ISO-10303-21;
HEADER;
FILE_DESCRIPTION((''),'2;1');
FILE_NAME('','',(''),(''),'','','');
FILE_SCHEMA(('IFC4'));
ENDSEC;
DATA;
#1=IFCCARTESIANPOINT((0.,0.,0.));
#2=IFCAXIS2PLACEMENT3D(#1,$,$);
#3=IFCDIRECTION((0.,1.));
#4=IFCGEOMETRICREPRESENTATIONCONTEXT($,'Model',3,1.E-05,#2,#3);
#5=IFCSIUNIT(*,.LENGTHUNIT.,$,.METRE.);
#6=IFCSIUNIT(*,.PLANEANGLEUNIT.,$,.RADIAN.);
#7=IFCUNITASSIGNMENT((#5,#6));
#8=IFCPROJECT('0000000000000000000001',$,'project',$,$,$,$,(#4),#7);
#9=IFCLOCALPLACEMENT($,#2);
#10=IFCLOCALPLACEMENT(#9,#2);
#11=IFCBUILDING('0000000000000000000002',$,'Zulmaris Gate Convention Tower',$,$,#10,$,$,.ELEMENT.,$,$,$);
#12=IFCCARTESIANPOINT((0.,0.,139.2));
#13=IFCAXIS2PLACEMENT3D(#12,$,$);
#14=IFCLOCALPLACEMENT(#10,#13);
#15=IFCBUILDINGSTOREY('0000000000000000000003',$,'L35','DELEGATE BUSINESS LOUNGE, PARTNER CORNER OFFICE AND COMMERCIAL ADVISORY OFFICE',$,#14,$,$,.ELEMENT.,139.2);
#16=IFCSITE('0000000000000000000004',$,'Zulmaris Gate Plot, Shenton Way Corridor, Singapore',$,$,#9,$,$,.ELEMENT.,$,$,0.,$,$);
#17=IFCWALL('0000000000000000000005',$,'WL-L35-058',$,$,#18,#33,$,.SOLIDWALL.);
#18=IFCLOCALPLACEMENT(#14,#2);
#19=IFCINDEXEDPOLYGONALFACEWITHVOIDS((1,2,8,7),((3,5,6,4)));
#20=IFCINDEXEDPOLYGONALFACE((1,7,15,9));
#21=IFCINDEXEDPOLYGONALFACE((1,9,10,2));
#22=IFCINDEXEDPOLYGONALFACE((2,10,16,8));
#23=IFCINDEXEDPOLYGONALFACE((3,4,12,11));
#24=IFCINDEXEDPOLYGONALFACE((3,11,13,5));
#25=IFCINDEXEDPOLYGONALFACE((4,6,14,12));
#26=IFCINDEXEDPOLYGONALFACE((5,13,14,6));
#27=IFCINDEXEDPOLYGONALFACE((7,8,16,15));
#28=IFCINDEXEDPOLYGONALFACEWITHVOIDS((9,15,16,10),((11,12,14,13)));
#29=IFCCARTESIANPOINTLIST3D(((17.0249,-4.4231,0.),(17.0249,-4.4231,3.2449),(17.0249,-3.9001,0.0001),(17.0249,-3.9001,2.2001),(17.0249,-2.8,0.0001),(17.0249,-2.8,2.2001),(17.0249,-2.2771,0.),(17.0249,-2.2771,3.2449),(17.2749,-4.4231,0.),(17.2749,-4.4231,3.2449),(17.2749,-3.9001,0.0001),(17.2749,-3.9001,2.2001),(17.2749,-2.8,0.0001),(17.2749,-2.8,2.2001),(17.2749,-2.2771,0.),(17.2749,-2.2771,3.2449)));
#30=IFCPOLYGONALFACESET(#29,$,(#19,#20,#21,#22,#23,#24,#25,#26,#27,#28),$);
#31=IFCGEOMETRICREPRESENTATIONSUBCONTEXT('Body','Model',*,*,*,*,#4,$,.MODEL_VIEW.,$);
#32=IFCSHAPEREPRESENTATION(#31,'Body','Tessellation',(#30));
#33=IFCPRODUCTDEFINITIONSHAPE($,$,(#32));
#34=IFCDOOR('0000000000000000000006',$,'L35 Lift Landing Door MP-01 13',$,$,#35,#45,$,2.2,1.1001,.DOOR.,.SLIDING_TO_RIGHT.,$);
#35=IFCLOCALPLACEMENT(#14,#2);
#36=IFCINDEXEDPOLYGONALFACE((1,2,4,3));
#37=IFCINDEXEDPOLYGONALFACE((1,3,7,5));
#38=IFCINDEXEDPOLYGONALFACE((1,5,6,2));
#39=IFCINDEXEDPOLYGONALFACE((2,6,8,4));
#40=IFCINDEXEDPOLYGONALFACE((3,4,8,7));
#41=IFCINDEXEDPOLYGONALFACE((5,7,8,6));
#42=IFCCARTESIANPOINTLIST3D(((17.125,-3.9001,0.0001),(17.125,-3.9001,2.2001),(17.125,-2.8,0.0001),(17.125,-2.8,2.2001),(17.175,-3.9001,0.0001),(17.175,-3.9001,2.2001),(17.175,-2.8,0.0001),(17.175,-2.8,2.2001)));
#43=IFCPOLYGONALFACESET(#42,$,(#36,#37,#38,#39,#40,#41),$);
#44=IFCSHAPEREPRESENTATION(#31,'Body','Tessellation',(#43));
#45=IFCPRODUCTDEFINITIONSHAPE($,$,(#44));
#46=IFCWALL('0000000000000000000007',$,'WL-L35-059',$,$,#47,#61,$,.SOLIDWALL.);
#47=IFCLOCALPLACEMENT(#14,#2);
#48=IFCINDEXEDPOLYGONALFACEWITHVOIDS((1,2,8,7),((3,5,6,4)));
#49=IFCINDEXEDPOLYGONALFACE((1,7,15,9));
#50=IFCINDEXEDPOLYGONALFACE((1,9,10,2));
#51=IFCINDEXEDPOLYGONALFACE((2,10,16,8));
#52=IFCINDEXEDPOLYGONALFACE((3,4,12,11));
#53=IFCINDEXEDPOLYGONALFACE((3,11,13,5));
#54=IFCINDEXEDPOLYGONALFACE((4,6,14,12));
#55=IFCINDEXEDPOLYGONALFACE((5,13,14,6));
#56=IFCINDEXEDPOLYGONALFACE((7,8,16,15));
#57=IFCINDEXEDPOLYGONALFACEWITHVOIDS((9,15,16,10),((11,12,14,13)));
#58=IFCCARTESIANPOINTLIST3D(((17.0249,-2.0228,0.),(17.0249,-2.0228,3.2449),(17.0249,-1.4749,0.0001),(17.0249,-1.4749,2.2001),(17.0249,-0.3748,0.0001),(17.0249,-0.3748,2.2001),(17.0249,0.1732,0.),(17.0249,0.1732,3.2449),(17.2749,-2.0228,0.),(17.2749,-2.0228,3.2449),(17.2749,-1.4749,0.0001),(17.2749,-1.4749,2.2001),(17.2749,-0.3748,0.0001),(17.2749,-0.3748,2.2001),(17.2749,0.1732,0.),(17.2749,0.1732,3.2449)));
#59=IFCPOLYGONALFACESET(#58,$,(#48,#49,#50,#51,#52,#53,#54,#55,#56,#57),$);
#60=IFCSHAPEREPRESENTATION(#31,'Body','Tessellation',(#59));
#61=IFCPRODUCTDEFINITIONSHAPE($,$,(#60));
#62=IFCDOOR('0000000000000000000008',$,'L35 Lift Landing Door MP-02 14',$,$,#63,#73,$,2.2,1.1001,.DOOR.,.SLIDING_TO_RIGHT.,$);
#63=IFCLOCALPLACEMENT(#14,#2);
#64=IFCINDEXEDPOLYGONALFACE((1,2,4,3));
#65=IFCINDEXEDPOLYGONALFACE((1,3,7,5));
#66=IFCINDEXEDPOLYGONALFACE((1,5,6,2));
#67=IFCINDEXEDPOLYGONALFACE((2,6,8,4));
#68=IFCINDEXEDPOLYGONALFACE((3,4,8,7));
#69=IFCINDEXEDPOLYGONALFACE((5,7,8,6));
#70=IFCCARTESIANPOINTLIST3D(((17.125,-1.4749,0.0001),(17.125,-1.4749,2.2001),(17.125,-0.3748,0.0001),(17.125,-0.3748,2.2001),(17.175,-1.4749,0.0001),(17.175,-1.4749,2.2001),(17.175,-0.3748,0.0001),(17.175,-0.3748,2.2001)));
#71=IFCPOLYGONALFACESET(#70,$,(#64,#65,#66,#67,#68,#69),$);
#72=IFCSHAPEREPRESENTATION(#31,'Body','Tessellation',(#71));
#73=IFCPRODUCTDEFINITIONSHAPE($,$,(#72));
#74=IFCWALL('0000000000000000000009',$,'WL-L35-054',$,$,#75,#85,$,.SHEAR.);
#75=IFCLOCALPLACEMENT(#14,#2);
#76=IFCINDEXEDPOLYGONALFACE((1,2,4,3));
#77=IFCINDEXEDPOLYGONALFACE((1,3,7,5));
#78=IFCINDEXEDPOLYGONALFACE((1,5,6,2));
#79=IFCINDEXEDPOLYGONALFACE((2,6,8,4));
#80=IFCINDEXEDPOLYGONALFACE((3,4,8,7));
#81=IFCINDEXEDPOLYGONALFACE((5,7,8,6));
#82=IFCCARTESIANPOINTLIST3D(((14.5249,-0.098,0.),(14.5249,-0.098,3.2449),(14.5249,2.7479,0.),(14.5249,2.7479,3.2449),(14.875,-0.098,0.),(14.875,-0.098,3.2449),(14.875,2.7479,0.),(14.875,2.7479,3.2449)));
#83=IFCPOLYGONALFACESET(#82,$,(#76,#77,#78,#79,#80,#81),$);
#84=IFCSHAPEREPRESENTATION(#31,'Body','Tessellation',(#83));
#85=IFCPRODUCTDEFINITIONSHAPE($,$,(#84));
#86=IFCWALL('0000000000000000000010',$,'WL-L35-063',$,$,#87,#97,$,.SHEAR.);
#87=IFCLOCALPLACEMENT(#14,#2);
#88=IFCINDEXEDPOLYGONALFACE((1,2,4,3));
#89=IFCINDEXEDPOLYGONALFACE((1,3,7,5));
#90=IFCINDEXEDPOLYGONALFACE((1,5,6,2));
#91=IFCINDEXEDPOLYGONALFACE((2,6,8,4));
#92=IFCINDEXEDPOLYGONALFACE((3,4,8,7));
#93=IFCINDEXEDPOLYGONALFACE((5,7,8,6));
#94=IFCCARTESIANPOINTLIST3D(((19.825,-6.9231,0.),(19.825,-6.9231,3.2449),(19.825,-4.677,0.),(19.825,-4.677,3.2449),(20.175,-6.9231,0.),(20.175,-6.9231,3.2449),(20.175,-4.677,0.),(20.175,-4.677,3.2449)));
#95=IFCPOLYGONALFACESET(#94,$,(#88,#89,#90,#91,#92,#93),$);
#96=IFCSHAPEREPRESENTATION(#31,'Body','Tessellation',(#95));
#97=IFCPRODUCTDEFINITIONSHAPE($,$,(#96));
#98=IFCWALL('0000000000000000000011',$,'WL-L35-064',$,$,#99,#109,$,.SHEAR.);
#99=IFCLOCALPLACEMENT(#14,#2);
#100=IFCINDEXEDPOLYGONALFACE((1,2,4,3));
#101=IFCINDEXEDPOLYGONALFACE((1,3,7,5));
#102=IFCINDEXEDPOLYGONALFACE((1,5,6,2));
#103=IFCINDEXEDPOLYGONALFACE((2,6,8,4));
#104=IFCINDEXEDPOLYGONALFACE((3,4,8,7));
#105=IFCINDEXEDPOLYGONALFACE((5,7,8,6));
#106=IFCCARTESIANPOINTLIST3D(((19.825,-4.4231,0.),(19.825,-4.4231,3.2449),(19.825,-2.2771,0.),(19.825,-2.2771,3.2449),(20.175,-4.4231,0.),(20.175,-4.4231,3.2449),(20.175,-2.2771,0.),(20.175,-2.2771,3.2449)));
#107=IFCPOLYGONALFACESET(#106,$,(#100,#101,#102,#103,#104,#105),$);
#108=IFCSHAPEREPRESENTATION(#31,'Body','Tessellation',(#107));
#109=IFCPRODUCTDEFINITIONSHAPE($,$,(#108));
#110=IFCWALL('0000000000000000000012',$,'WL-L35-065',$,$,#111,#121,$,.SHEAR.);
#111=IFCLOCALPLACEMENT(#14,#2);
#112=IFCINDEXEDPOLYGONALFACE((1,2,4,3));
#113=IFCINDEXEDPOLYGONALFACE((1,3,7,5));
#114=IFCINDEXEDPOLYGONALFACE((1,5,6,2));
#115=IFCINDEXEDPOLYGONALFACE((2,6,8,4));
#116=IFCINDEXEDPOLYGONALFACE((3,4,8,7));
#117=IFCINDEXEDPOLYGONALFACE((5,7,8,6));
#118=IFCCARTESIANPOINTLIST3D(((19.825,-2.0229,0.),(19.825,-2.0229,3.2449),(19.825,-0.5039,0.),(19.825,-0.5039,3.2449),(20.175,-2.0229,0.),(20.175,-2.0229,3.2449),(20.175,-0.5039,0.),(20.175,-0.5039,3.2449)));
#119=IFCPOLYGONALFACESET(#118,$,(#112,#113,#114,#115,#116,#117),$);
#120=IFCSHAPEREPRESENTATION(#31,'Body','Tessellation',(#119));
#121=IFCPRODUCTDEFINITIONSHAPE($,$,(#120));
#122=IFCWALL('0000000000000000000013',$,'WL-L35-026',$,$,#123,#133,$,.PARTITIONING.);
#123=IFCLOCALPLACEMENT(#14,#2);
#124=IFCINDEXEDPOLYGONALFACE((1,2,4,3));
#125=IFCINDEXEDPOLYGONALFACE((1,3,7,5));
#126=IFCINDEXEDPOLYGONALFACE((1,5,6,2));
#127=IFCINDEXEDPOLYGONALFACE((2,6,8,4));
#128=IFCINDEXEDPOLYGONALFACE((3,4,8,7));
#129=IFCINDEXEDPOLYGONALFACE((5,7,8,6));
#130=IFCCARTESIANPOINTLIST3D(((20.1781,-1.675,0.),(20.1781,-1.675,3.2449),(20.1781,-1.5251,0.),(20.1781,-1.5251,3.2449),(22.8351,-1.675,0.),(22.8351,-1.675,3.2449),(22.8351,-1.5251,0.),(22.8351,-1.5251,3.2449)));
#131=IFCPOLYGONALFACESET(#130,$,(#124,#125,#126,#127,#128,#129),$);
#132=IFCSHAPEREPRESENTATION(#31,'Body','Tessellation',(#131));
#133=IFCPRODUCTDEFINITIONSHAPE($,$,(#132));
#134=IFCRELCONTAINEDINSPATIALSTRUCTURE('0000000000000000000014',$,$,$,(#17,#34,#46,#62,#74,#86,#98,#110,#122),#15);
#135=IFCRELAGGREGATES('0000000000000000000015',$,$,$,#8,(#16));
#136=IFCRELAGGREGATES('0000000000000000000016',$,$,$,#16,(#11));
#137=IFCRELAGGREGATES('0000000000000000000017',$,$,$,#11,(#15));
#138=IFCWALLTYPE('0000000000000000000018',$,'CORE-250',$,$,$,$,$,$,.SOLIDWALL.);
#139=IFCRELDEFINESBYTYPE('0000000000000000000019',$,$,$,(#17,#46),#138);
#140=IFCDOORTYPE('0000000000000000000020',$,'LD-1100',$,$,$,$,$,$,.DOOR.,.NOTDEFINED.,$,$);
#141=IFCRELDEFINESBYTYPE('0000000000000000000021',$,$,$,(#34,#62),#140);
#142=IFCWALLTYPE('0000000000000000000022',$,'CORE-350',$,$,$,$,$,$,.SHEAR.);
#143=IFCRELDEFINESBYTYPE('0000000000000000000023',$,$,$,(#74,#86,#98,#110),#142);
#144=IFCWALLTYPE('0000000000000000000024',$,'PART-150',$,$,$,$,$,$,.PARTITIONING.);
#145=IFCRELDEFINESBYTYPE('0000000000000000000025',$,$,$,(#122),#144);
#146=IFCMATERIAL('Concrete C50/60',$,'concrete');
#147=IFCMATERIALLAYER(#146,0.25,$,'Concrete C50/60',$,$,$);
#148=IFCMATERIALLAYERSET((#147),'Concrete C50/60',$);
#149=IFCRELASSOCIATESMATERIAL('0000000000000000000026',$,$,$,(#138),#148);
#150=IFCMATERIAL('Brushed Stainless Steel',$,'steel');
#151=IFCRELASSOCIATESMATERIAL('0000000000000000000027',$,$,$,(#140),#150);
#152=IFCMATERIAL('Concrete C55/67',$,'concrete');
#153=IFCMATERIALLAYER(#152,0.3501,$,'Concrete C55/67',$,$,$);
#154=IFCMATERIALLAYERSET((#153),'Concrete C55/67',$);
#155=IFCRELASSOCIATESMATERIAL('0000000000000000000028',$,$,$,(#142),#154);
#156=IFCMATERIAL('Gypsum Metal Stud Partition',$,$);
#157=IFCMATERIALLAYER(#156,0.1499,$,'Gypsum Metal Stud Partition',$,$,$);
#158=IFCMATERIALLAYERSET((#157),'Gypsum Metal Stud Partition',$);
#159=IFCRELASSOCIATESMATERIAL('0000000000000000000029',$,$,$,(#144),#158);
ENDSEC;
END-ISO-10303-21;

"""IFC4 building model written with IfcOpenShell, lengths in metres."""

from ifc_helpers import new_model, si_unit, direction, frame, frame_2d, origin, place, context, subcontext, project, spatial, rectangle, extrude, material, layer, layer_set, type_object, element, fill, save


model = new_model("IFC4")

# Units and contexts
model_context = context("Model", 3, precision=1e-05, world=origin(), true_north=direction((0.0, 1.0)))
body_context = subcontext(model_context, "Body", "Model", "MODEL_VIEW")
ifc_project = project(units=[si_unit("LENGTHUNIT", "METRE"), si_unit("PLANEANGLEUNIT", "RADIAN")], contexts=[model_context])

# Site, building, storey
site_placement = place(None, origin())
site = spatial("IfcSite", under=ifc_project, at=site_placement, Name="Zulmaris Gate Plot, Shenton Way Corridor, Singapore", CompositionType="ELEMENT", RefElevation=0.0)
building_placement = place(site_placement, origin())
building = spatial("IfcBuilding", under=site, at=building_placement, Name="Zulmaris Gate Convention Tower", CompositionType="ELEMENT")
storey_placement = place(building_placement, frame((0.0, 0.0, 139.2)))
storey = spatial("IfcBuildingStorey", under=building, at=storey_placement, Name="L35", Description="DELEGATE BUSINESS LOUNGE, PARTNER CORNER OFFICE AND COMMERCIAL ADVISORY OFFICE", CompositionType="ELEMENT", Elevation=139.2)

# Shared definitions
ifc_material_1 = material(Name="Concrete C50/60", Category="concrete")
ifc_layer_1 = layer(ifc_material_1, 0.25, Name="Concrete C50/60")
ifc_layer_set_1 = layer_set([ifc_layer_1], Name="Concrete C50/60")
wall_type_1 = type_object("IfcWallType", Name="CORE-250", PredefinedType="SOLIDWALL", material=ifc_layer_set_1)

# Walls, openings, doors
wall_1_placement = place(storey_placement, frame((17.1499, -4.4231, 0.0), z_axis=(0.0, 0.0, 1.0), x_axis=(0.0, 1.0, 0.0)))
wall_1 = element("IfcWall", 1, at=wall_1_placement, inside=storey, type_object=wall_type_1, Name="WL-L35-058", PredefinedType="SOLIDWALL", context=body_context, shape_type="SweptSolid", body=[
    extrude(rectangle(XDim=2.146, YDim=0.25, at=frame_2d((1.073, 0.0))), origin(), (0.0, 0.0, 1.0), 3.2449),
])
opening_1_placement = place(wall_1_placement, frame((0.5229, 0.0, 0.0)))
opening_1 = element("IfcOpeningElement", 2, at=opening_1_placement, cuts=wall_1, PredefinedType="OPENING", context=body_context, shape_type="SweptSolid", body=[
    extrude(rectangle(XDim=1.1001, YDim=2.2, at=frame_2d((0.55, 1.1001))), frame((0.0, 0.135, 0.0), z_axis=(0.0, -1.0, 0.0), x_axis=(1.0, 0.0, 0.0)), (0.0, 0.0, 1.0), 0.27),
])
ifc_material_2 = material(Name="Brushed Stainless Steel", Category="steel")
door_type = type_object("IfcDoorType", Name="LD-1100", OperationType="NOTDEFINED", PredefinedType="DOOR", material=ifc_material_2)
door_1_placement = place(opening_1_placement, origin())
door_1 = element("IfcDoor", 3, at=door_1_placement, inside=storey, type_object=door_type, Name="L35 Lift Landing Door MP-01 13", OperationType="SLIDING_TO_RIGHT", OverallHeight=2.2, OverallWidth=1.1001, PredefinedType="DOOR", context=body_context, shape_type="SweptSolid", body=[
    extrude(rectangle(XDim=1.1001, YDim=2.2, at=frame_2d((0.55, 1.1001))), frame((0.0, 0.0249, 0.0), z_axis=(0.0, -1.0, 0.0), x_axis=(1.0, 0.0, 0.0)), (0.0, 0.0, 1.0), 0.05),
])
fill(opening_1, door_1)
wall_2_placement = place(storey_placement, frame((17.1499, -2.0229, 0.0), z_axis=(0.0, 0.0, 1.0), x_axis=(0.0, 1.0, 0.0)))
wall_2 = element("IfcWall", 4, at=wall_2_placement, inside=storey, type_object=wall_type_1, Name="WL-L35-059", PredefinedType="SOLIDWALL", context=body_context, shape_type="SweptSolid", body=[
    extrude(rectangle(XDim=2.196, YDim=0.25, at=frame_2d((1.0981, 0.0))), origin(), (0.0, 0.0, 1.0), 3.2449),
])
opening_2_placement = place(wall_2_placement, frame((0.5481, 0.0, 0.0)))
opening_2 = element("IfcOpeningElement", 5, at=opening_2_placement, cuts=wall_2, PredefinedType="OPENING", context=body_context, shape_type="SweptSolid", body=[
    extrude(rectangle(XDim=1.1001, YDim=2.2, at=frame_2d((0.55, 1.1001))), frame((0.0, 0.135, 0.0), z_axis=(0.0, -1.0, 0.0), x_axis=(1.0, 0.0, 0.0)), (0.0, 0.0, 1.0), 0.27),
])
door_2_placement = place(opening_2_placement, origin())
door_2 = element("IfcDoor", 6, at=door_2_placement, inside=storey, type_object=door_type, Name="L35 Lift Landing Door MP-02 14", OperationType="SLIDING_TO_RIGHT", OverallHeight=2.2, OverallWidth=1.1001, PredefinedType="DOOR", context=body_context, shape_type="SweptSolid", body=[
    extrude(rectangle(XDim=1.1001, YDim=2.2, at=frame_2d((0.55, 1.1001))), frame((0.0, 0.0249, 0.0), z_axis=(0.0, -1.0, 0.0), x_axis=(1.0, 0.0, 0.0)), (0.0, 0.0, 1.0), 0.05),
])
fill(opening_2, door_2)

# Walls
ifc_material_3 = material(Name="Concrete C55/67", Category="concrete")
ifc_layer_2 = layer(ifc_material_3, 0.3501, Name="Concrete C55/67")
ifc_layer_set_2 = layer_set([ifc_layer_2], Name="Concrete C55/67")
wall_type_2 = type_object("IfcWallType", Name="CORE-350", PredefinedType="SHEAR", material=ifc_layer_set_2)
wall_3_placement = place(storey_placement, frame((14.7, -0.0979, 0.0), z_axis=(0.0, 0.0, 1.0), x_axis=(0.0, 1.0, 0.0)))
element("IfcWall", 7, at=wall_3_placement, inside=storey, type_object=wall_type_2, Name="WL-L35-054", PredefinedType="SHEAR", context=body_context, shape_type="SweptSolid", body=[
    extrude(rectangle(XDim=2.8459, YDim=0.3501, at=frame_2d((1.4229, 0.0))), origin(), (0.0, 0.0, 1.0), 3.2449),
])
wall_4_placement = place(storey_placement, frame((20.0, -6.9231, 0.0), z_axis=(0.0, 0.0, 1.0), x_axis=(0.0, 1.0, 0.0)))
element("IfcWall", 8, at=wall_4_placement, inside=storey, type_object=wall_type_2, Name="WL-L35-063", PredefinedType="SHEAR", context=body_context, shape_type="SweptSolid", body=[
    extrude(rectangle(XDim=2.2461, YDim=0.3501, at=frame_2d((1.123, 0.0))), origin(), (0.0, 0.0, 1.0), 3.2449),
])
wall_5_placement = place(storey_placement, frame((20.0, -4.4231, 0.0), z_axis=(0.0, 0.0, 1.0), x_axis=(0.0, 1.0, 0.0)))
element("IfcWall", 9, at=wall_5_placement, inside=storey, type_object=wall_type_2, Name="WL-L35-064", PredefinedType="SHEAR", context=body_context, shape_type="SweptSolid", body=[
    extrude(rectangle(XDim=2.146, YDim=0.3501, at=frame_2d((1.073, 0.0))), origin(), (0.0, 0.0, 1.0), 3.2449),
])
wall_6_placement = place(storey_placement, frame((20.0, -2.0229, 0.0), z_axis=(0.0, 0.0, 1.0), x_axis=(0.0, 1.0, 0.0)))
element("IfcWall", 10, at=wall_6_placement, inside=storey, type_object=wall_type_2, Name="WL-L35-065", PredefinedType="SHEAR", context=body_context, shape_type="SweptSolid", body=[
    extrude(rectangle(XDim=1.519, YDim=0.3501, at=frame_2d((0.7595, 0.0))), origin(), (0.0, 0.0, 1.0), 3.2449),
])
ifc_material_4 = material(Name="Gypsum Metal Stud Partition")
ifc_layer_3 = layer(ifc_material_4, 0.1499, Name="Gypsum Metal Stud Partition")
ifc_layer_set_3 = layer_set([ifc_layer_3], Name="Gypsum Metal Stud Partition")
wall_type_3 = type_object("IfcWallType", Name="PART-150", PredefinedType="PARTITIONING", material=ifc_layer_set_3)
wall_7_placement = place(storey_placement, frame((20.178, -1.6001, 0.0), z_axis=(0.0, 0.0, 1.0), x_axis=(1.0, 0.0, 0.0)))
element("IfcWall", 11, at=wall_7_placement, inside=storey, type_object=wall_type_3, Name="WL-L35-026", PredefinedType="PARTITIONING", context=body_context, shape_type="SweptSolid", body=[
    extrude(rectangle(XDim=2.657, YDim=0.1499, at=frame_2d((1.3286, 0.0))), origin(), (0.0, 0.0, 1.0), 3.2449),
])

save(model, "model.ifc")
